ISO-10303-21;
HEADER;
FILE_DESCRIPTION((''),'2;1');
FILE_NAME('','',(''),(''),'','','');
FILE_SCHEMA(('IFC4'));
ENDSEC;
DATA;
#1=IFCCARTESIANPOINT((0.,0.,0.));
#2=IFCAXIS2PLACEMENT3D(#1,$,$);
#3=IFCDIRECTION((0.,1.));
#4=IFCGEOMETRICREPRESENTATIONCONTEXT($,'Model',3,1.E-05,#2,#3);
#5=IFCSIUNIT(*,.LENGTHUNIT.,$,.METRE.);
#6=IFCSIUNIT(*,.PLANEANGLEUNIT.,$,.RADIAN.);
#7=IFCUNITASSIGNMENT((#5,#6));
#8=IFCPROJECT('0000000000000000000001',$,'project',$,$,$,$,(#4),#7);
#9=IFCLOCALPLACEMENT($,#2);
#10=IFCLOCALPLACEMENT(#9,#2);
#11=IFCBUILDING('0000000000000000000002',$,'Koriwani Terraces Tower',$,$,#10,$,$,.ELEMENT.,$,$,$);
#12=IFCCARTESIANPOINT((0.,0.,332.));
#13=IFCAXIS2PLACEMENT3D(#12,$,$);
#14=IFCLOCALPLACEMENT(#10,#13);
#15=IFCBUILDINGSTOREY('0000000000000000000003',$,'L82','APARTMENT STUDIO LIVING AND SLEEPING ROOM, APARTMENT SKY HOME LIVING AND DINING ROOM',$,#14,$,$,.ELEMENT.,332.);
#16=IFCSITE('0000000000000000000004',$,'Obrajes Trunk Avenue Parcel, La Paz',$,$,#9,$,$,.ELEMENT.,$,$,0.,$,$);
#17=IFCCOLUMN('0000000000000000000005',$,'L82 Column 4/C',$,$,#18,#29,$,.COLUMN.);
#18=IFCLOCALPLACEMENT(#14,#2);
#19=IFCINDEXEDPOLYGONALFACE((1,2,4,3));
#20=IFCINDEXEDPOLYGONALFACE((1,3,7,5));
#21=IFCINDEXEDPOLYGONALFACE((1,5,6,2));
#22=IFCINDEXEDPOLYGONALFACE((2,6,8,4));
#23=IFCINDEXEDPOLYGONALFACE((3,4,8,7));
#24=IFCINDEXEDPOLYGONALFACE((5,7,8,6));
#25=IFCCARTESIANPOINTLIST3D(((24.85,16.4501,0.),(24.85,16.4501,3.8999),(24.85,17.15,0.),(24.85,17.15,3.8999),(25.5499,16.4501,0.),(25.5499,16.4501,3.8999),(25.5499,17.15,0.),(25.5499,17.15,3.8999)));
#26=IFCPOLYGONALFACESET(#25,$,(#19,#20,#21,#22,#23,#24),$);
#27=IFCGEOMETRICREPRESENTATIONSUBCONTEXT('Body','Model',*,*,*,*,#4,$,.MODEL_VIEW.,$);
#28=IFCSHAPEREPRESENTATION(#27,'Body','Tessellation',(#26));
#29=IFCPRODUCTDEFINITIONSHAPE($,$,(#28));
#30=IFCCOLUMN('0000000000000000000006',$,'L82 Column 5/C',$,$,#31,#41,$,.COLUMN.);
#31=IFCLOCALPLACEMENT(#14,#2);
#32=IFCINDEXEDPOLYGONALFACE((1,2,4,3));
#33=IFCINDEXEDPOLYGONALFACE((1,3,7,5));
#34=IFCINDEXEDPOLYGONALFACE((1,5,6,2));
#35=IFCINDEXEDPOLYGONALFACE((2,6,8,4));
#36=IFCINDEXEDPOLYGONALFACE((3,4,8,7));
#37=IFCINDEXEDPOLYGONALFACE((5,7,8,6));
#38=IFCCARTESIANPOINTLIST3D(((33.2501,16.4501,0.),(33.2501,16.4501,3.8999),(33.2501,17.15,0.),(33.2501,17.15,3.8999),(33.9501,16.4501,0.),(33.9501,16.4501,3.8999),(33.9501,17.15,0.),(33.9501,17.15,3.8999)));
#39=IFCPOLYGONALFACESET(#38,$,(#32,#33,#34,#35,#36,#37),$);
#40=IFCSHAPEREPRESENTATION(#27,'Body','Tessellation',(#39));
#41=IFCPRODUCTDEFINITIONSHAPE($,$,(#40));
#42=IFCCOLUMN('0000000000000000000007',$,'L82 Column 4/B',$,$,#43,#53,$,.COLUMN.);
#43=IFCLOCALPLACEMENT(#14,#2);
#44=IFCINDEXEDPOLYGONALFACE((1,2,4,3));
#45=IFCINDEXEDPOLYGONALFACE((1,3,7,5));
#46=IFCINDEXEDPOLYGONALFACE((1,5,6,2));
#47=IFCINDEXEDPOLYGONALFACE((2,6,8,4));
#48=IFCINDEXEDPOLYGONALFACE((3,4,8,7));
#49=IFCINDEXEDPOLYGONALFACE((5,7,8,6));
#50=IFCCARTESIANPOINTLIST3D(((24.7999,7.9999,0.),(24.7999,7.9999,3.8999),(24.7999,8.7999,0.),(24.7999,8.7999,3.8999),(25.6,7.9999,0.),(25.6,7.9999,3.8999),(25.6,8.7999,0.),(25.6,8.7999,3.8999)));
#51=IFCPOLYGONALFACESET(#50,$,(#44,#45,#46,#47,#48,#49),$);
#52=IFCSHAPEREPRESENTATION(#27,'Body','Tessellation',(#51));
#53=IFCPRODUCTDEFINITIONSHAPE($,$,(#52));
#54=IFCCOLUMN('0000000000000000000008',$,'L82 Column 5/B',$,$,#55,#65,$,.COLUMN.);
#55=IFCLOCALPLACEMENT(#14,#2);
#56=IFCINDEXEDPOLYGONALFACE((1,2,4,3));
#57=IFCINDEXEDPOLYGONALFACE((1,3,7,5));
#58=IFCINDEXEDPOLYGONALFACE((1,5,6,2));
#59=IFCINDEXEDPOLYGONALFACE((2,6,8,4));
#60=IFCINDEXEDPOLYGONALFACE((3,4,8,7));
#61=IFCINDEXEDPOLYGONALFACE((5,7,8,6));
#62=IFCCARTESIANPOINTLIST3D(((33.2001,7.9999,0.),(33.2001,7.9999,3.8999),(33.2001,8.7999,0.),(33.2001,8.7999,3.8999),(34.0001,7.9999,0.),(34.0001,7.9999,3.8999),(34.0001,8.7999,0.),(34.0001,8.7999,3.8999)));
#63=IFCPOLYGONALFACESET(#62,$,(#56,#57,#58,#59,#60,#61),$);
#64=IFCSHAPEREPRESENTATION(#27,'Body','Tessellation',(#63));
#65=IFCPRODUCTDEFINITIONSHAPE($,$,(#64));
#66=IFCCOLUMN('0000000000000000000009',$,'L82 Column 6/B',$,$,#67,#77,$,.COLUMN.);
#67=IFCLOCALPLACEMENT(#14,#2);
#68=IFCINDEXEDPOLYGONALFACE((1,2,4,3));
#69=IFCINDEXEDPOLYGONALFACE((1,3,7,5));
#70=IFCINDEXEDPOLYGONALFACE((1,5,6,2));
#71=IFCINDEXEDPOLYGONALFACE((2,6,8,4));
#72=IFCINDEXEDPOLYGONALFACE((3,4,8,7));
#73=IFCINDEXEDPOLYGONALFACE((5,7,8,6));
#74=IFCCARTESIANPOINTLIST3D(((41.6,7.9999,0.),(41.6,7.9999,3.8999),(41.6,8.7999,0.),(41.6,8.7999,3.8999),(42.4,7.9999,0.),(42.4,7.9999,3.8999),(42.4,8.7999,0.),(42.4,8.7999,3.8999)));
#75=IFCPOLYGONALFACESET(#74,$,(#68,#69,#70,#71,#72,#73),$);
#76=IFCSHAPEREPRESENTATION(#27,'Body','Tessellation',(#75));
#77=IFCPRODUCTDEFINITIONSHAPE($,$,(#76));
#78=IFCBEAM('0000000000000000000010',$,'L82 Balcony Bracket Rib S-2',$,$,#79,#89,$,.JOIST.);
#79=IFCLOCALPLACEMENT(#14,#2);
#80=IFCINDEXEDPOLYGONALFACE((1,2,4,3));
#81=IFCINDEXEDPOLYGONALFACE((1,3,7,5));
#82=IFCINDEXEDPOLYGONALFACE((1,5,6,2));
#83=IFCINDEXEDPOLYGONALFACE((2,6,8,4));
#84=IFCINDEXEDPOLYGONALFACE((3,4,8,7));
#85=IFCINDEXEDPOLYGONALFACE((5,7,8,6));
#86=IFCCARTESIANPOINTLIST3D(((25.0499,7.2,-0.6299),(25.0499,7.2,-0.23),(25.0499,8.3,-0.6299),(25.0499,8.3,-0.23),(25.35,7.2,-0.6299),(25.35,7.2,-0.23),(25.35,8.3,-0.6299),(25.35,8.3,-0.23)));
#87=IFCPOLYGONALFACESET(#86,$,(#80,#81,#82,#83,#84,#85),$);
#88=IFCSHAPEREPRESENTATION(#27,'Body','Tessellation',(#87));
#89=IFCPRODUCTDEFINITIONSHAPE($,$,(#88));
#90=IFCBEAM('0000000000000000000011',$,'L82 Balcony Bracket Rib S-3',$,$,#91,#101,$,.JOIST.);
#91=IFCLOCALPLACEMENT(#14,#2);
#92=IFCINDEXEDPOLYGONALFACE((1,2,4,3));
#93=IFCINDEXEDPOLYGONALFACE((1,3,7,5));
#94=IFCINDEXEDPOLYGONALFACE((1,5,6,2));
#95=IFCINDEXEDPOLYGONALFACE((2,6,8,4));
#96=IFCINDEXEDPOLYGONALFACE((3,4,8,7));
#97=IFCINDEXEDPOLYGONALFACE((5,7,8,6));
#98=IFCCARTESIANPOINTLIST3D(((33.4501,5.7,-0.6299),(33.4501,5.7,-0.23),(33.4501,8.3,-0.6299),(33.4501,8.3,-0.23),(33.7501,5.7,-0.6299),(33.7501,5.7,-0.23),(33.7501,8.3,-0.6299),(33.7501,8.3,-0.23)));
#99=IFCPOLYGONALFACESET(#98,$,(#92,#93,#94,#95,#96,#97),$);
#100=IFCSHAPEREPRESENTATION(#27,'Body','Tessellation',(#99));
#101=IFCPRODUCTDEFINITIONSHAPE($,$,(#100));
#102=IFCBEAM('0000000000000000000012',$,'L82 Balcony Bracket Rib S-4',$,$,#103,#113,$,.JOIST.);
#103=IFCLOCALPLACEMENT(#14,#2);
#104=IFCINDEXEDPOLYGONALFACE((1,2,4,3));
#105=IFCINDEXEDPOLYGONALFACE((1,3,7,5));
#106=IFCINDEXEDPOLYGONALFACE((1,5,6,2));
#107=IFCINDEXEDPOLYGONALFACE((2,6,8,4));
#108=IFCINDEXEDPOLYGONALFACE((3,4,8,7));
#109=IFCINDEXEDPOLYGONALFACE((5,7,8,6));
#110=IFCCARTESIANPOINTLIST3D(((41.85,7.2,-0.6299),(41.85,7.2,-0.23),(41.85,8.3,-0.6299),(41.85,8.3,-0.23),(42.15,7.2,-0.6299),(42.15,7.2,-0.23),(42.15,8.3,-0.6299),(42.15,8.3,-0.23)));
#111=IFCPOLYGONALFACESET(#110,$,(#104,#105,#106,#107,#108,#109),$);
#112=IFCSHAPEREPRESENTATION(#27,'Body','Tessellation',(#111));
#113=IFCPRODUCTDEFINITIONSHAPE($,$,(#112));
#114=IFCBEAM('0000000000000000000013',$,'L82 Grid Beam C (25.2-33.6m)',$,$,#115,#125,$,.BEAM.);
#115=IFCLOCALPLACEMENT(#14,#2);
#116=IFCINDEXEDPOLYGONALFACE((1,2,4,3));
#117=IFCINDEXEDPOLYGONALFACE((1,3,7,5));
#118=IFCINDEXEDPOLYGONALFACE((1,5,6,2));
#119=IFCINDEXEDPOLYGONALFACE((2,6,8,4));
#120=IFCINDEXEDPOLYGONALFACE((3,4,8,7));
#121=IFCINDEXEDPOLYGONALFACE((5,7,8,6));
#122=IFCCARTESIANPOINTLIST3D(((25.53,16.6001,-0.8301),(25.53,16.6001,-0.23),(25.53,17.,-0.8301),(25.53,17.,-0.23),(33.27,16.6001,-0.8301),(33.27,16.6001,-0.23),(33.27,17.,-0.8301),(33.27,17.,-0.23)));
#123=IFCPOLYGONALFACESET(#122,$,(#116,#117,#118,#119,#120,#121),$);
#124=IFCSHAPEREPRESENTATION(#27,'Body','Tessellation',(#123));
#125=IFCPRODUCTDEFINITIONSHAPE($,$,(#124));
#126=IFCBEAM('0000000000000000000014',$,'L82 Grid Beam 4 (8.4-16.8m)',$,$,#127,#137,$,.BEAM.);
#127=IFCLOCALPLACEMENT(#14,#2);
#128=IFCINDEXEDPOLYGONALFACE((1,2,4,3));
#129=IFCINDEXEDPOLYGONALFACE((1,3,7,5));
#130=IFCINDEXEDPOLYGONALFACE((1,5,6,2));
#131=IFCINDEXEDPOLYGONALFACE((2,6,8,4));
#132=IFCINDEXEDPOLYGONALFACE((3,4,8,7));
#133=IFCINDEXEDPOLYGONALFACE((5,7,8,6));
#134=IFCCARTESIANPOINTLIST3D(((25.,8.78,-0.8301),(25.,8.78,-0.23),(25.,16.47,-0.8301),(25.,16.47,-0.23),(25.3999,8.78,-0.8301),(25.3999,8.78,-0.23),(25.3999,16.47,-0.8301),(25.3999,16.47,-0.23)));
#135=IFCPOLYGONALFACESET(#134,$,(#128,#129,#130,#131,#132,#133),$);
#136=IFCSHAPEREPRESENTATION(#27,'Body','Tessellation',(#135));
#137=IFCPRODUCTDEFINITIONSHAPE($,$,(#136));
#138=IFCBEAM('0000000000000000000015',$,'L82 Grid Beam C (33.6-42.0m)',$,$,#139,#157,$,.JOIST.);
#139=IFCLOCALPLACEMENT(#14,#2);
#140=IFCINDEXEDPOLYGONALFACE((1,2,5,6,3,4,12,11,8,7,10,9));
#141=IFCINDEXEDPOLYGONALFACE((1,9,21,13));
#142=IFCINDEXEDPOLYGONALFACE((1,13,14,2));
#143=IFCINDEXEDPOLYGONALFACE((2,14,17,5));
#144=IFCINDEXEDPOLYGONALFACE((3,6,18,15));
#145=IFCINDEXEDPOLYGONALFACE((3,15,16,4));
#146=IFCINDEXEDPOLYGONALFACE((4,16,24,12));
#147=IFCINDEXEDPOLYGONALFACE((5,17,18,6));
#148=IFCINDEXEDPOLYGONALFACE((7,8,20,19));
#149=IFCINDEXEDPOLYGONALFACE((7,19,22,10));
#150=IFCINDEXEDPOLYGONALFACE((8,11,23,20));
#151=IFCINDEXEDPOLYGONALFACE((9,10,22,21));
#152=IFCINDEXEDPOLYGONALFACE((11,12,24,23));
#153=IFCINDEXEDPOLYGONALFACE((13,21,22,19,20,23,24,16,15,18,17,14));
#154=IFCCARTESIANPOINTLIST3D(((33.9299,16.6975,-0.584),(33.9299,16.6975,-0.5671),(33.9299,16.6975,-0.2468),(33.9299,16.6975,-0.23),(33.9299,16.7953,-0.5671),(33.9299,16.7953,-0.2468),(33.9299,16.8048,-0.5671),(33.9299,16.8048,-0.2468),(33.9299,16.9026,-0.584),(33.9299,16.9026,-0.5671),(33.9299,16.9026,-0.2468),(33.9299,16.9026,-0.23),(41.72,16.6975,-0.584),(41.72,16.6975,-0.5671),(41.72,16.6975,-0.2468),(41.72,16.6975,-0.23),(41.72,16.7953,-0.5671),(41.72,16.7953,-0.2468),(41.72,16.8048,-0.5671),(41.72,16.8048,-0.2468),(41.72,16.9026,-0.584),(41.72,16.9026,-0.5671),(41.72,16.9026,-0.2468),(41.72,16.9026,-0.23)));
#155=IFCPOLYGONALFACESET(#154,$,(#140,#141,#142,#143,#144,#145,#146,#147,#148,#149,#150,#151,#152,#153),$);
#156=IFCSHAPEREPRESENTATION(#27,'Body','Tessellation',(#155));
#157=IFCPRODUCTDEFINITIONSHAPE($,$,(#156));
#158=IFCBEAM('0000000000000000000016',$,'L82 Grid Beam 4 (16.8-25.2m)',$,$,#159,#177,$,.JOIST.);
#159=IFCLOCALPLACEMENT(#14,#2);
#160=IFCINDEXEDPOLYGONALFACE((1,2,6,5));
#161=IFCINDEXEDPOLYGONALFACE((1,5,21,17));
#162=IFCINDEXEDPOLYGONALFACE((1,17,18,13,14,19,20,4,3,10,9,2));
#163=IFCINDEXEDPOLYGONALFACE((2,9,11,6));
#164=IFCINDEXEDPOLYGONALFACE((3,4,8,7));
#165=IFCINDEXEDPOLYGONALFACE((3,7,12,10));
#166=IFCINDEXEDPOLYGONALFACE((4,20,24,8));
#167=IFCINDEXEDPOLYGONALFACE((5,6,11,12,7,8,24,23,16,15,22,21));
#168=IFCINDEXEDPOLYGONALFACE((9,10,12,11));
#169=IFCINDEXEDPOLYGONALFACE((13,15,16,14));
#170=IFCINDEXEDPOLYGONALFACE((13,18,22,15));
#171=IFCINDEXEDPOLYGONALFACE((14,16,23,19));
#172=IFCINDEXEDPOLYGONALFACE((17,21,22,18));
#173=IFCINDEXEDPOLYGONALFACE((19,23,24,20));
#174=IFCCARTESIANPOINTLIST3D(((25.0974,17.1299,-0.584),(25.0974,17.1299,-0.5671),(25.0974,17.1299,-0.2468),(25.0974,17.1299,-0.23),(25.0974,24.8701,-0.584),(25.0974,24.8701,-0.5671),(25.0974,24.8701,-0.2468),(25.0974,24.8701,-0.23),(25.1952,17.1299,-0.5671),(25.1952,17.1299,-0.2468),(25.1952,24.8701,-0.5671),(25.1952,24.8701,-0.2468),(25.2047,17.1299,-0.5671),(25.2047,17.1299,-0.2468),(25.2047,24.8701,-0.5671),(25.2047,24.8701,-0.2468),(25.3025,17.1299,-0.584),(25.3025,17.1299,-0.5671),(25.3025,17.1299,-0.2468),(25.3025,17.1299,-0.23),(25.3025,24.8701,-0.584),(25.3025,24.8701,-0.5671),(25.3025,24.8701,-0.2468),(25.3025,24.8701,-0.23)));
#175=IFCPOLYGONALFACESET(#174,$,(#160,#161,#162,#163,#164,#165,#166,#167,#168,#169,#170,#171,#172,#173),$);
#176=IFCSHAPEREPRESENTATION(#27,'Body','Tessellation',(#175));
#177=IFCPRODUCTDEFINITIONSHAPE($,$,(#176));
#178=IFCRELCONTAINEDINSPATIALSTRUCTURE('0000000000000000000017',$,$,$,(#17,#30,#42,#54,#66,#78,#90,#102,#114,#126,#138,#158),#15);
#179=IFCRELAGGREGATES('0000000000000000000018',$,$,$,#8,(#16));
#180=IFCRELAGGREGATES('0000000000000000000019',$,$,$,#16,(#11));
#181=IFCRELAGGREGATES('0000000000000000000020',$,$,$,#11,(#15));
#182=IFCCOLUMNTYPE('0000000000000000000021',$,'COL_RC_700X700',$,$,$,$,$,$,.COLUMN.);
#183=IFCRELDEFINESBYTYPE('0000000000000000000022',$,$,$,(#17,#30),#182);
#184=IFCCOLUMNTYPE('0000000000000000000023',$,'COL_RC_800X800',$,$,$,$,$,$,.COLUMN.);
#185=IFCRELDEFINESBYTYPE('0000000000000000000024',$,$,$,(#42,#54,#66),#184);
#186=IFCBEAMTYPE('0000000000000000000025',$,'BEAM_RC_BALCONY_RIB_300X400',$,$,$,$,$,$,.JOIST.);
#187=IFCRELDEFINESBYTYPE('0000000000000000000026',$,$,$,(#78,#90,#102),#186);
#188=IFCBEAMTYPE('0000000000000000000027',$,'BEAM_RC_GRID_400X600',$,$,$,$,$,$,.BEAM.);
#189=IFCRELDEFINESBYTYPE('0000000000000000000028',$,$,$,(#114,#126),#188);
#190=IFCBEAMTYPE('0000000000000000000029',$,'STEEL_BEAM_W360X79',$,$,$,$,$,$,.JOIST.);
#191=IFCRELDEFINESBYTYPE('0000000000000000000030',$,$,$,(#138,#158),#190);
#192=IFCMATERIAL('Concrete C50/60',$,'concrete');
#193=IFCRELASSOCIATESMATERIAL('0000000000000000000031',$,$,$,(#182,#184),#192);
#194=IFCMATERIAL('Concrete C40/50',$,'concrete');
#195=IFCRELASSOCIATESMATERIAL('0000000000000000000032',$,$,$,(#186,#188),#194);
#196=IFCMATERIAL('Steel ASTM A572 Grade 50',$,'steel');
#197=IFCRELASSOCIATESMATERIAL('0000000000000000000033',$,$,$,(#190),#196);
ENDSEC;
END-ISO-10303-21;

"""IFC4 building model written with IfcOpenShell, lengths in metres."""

from ifc_helpers import new_model, si_unit, direction, frame, origin, origin_2d, place, context, subcontext, project, spatial, rectangle, i_section, extrude, material, material_profile, profile_set, type_object, element, save


model = new_model("IFC4")

# Units and contexts
model_context = context("Model", 3, precision=1e-05, world=origin(), true_north=direction((0.0, 1.0)))
body_context = subcontext(model_context, "Body", "Model", "MODEL_VIEW")
ifc_project = project(units=[si_unit("LENGTHUNIT", "METRE"), si_unit("PLANEANGLEUNIT", "RADIAN")], contexts=[model_context])

# Site, building, storey
site_placement = place(None, origin())
site = spatial("IfcSite", under=ifc_project, at=site_placement, Name="Obrajes Trunk Avenue Parcel, La Paz", CompositionType="ELEMENT", RefElevation=0.0)
building_placement = place(site_placement, origin())
building = spatial("IfcBuilding", under=site, at=building_placement, Name="Koriwani Terraces Tower", CompositionType="ELEMENT")
storey_placement = place(building_placement, frame((0.0, 0.0, 332.0)))
storey = spatial("IfcBuildingStorey", under=building, at=storey_placement, Name="L82", Description="APARTMENT STUDIO LIVING AND SLEEPING ROOM, APARTMENT SKY HOME LIVING AND DINING ROOM", CompositionType="ELEMENT", Elevation=332.0)

# Columns
ifc_material_1 = material(Name="Concrete C50/60", Category="concrete")
ifc_material_profile_1 = material_profile(ifc_material_1, rectangle(XDim=0.7, YDim=0.7, at=origin_2d()), Name="Concrete C50/60", Category="LoadBearing")
ifc_profile_set_1 = profile_set([ifc_material_profile_1], Name="Concrete C50/60")
column_type_1 = type_object("IfcColumnType", Name="COL_RC_700X700", PredefinedType="COLUMN", material=ifc_profile_set_1)
for number, where, z_axis, x_axis, name in (
    (1, (25.2, 16.8, 0.0), (0.0, 0.0, 1.0), (1.0, 0.0, 0.0), "L82 Column 4/C"),
    (2, (33.6001, 16.8, 0.0), (0.0, 0.0, 1.0), (1.0, 0.0, 0.0), "L82 Column 5/C"),
):
    element("IfcColumn", number, at=place(storey_placement, frame(where, z_axis=z_axis, x_axis=x_axis)), inside=storey, type_object=column_type_1, Name=name, PredefinedType="COLUMN", context=body_context, shape_type="SweptSolid", body=[
        extrude(rectangle(XDim=0.7, YDim=0.7, at=origin_2d()), origin(), (0.0, 0.0, 1.0), 3.8999),
    ])
ifc_material_profile_2 = material_profile(ifc_material_1, rectangle(XDim=0.8, YDim=0.8, at=origin_2d()), Name="Concrete C50/60", Category="LoadBearing")
ifc_profile_set_2 = profile_set([ifc_material_profile_2], Name="Concrete C50/60")
column_type_2 = type_object("IfcColumnType", Name="COL_RC_800X800", PredefinedType="COLUMN", material=ifc_profile_set_2)
for number, where, z_axis, x_axis, name in (
    (3, (25.2, 8.3999, 0.0), (0.0, 0.0, 1.0), (1.0, 0.0, 0.0), "L82 Column 4/B"),
    (4, (33.6001, 8.3999, 0.0), (0.0, 0.0, 1.0), (1.0, 0.0, 0.0), "L82 Column 5/B"),
    (5, (42.0, 8.3999, 0.0), (0.0, 0.0, 1.0), (1.0, 0.0, 0.0), "L82 Column 6/B"),
):
    element("IfcColumn", number, at=place(storey_placement, frame(where, z_axis=z_axis, x_axis=x_axis)), inside=storey, type_object=column_type_2, Name=name, PredefinedType="COLUMN", context=body_context, shape_type="SweptSolid", body=[
        extrude(rectangle(XDim=0.8, YDim=0.8, at=origin_2d()), origin(), (0.0, 0.0, 1.0), 3.8999),
    ])

# Beams
ifc_material_2 = material(Name="Concrete C40/50", Category="concrete")
ifc_material_profile_3 = material_profile(ifc_material_2, rectangle(XDim=0.3, YDim=0.3999, at=origin_2d()), Name="Concrete C40/50", Category="LoadBearing")
ifc_profile_set_3 = profile_set([ifc_material_profile_3], Name="Concrete C40/50")
beam_type_1 = type_object("IfcBeamType", Name="BEAM_RC_BALCONY_RIB_300X400", PredefinedType="JOIST", material=ifc_profile_set_3)
beam_1_placement = place(storey_placement, frame((25.2, 7.2, -0.4299), z_axis=(0.0, 1.0, 0.0), x_axis=(-1.0, 0.0, 0.0)))
element("IfcBeam", 6, at=beam_1_placement, inside=storey, type_object=beam_type_1, Name="L82 Balcony Bracket Rib S-2", PredefinedType="JOIST", context=body_context, shape_type="SweptSolid", body=[
    extrude(rectangle(XDim=0.3, YDim=0.3999, at=origin_2d()), origin(), (0.0, 0.0, 1.0), 1.1001),
])
beam_2_placement = place(storey_placement, frame((33.6001, 5.7, -0.4299), z_axis=(0.0, 1.0, 0.0), x_axis=(-1.0, 0.0, 0.0)))
element("IfcBeam", 7, at=beam_2_placement, inside=storey, type_object=beam_type_1, Name="L82 Balcony Bracket Rib S-3", PredefinedType="JOIST", context=body_context, shape_type="SweptSolid", body=[
    extrude(rectangle(XDim=0.3, YDim=0.3999, at=origin_2d()), origin(), (0.0, 0.0, 1.0), 2.6001),
])
beam_3_placement = place(storey_placement, frame((42.0, 7.2, -0.4299), z_axis=(0.0, 1.0, 0.0), x_axis=(-1.0, 0.0, 0.0)))
element("IfcBeam", 8, at=beam_3_placement, inside=storey, type_object=beam_type_1, Name="L82 Balcony Bracket Rib S-4", PredefinedType="JOIST", context=body_context, shape_type="SweptSolid", body=[
    extrude(rectangle(XDim=0.3, YDim=0.3999, at=origin_2d()), origin(), (0.0, 0.0, 1.0), 1.1001),
])
ifc_material_profile_4 = material_profile(ifc_material_2, rectangle(XDim=0.3999, YDim=0.6001, at=origin_2d()), Name="Concrete C40/50", Category="LoadBearing")
ifc_profile_set_4 = profile_set([ifc_material_profile_4], Name="Concrete C40/50")
beam_type_2 = type_object("IfcBeamType", Name="BEAM_RC_GRID_400X600", PredefinedType="BEAM", material=ifc_profile_set_4)
beam_4_placement = place(storey_placement, frame((25.53, 16.8, -0.53), z_axis=(1.0, 0.0, 0.0), x_axis=(0.0, 1.0, 0.0)))
element("IfcBeam", 9, at=beam_4_placement, inside=storey, type_object=beam_type_2, Name="L82 Grid Beam C (25.2-33.6m)", PredefinedType="BEAM", context=body_context, shape_type="SweptSolid", body=[
    extrude(rectangle(XDim=0.3999, YDim=0.6001, at=origin_2d()), origin(), (0.0, 0.0, 1.0), 7.74),
])
beam_5_placement = place(storey_placement, frame((25.2, 8.78, -0.53), z_axis=(0.0, 1.0, 0.0), x_axis=(-1.0, 0.0, 0.0)))
element("IfcBeam", 10, at=beam_5_placement, inside=storey, type_object=beam_type_2, Name="L82 Grid Beam 4 (8.4-16.8m)", PredefinedType="BEAM", context=body_context, shape_type="SweptSolid", body=[
    extrude(rectangle(XDim=0.3999, YDim=0.6001, at=origin_2d()), origin(), (0.0, 0.0, 1.0), 7.6899),
])
ifc_material_3 = material(Name="Steel ASTM A572 Grade 50", Category="steel")
ifc_material_profile_5 = material_profile(ifc_material_3, i_section(OverallWidth=0.2051, OverallDepth=0.354, WebThickness=0.0095, FlangeThickness=0.0168, at=origin_2d()), Name="Steel ASTM A572 Grade 50", Category="LoadBearing")
ifc_profile_set_5 = profile_set([ifc_material_profile_5], Name="Steel ASTM A572 Grade 50")
beam_type_3 = type_object("IfcBeamType", Name="STEEL_BEAM_W360X79", PredefinedType="JOIST", material=ifc_profile_set_5)
beam_6_placement = place(storey_placement, frame((33.9299, 16.8, -0.407), z_axis=(1.0, 0.0, 0.0), x_axis=(0.0, 1.0, 0.0)))
element("IfcBeam", 11, at=beam_6_placement, inside=storey, type_object=beam_type_3, Name="L82 Grid Beam C (33.6-42.0m)", PredefinedType="JOIST", context=body_context, shape_type="SweptSolid", body=[
    extrude(i_section(OverallWidth=0.2051, OverallDepth=0.354, WebThickness=0.0095, FlangeThickness=0.0168, at=origin_2d()), origin(), (0.0, 0.0, 1.0), 7.79),
])
beam_7_placement = place(storey_placement, frame((25.2, 17.1299, -0.407), z_axis=(0.0, 1.0, 0.0), x_axis=(-1.0, 0.0, 0.0)))
element("IfcBeam", 12, at=beam_7_placement, inside=storey, type_object=beam_type_3, Name="L82 Grid Beam 4 (16.8-25.2m)", PredefinedType="JOIST", context=body_context, shape_type="SweptSolid", body=[
    extrude(i_section(OverallWidth=0.2051, OverallDepth=0.354, WebThickness=0.0095, FlangeThickness=0.0168, at=origin_2d()), origin(), (0.0, 0.0, 1.0), 7.7402),
])

save(model, "model.ifc")
